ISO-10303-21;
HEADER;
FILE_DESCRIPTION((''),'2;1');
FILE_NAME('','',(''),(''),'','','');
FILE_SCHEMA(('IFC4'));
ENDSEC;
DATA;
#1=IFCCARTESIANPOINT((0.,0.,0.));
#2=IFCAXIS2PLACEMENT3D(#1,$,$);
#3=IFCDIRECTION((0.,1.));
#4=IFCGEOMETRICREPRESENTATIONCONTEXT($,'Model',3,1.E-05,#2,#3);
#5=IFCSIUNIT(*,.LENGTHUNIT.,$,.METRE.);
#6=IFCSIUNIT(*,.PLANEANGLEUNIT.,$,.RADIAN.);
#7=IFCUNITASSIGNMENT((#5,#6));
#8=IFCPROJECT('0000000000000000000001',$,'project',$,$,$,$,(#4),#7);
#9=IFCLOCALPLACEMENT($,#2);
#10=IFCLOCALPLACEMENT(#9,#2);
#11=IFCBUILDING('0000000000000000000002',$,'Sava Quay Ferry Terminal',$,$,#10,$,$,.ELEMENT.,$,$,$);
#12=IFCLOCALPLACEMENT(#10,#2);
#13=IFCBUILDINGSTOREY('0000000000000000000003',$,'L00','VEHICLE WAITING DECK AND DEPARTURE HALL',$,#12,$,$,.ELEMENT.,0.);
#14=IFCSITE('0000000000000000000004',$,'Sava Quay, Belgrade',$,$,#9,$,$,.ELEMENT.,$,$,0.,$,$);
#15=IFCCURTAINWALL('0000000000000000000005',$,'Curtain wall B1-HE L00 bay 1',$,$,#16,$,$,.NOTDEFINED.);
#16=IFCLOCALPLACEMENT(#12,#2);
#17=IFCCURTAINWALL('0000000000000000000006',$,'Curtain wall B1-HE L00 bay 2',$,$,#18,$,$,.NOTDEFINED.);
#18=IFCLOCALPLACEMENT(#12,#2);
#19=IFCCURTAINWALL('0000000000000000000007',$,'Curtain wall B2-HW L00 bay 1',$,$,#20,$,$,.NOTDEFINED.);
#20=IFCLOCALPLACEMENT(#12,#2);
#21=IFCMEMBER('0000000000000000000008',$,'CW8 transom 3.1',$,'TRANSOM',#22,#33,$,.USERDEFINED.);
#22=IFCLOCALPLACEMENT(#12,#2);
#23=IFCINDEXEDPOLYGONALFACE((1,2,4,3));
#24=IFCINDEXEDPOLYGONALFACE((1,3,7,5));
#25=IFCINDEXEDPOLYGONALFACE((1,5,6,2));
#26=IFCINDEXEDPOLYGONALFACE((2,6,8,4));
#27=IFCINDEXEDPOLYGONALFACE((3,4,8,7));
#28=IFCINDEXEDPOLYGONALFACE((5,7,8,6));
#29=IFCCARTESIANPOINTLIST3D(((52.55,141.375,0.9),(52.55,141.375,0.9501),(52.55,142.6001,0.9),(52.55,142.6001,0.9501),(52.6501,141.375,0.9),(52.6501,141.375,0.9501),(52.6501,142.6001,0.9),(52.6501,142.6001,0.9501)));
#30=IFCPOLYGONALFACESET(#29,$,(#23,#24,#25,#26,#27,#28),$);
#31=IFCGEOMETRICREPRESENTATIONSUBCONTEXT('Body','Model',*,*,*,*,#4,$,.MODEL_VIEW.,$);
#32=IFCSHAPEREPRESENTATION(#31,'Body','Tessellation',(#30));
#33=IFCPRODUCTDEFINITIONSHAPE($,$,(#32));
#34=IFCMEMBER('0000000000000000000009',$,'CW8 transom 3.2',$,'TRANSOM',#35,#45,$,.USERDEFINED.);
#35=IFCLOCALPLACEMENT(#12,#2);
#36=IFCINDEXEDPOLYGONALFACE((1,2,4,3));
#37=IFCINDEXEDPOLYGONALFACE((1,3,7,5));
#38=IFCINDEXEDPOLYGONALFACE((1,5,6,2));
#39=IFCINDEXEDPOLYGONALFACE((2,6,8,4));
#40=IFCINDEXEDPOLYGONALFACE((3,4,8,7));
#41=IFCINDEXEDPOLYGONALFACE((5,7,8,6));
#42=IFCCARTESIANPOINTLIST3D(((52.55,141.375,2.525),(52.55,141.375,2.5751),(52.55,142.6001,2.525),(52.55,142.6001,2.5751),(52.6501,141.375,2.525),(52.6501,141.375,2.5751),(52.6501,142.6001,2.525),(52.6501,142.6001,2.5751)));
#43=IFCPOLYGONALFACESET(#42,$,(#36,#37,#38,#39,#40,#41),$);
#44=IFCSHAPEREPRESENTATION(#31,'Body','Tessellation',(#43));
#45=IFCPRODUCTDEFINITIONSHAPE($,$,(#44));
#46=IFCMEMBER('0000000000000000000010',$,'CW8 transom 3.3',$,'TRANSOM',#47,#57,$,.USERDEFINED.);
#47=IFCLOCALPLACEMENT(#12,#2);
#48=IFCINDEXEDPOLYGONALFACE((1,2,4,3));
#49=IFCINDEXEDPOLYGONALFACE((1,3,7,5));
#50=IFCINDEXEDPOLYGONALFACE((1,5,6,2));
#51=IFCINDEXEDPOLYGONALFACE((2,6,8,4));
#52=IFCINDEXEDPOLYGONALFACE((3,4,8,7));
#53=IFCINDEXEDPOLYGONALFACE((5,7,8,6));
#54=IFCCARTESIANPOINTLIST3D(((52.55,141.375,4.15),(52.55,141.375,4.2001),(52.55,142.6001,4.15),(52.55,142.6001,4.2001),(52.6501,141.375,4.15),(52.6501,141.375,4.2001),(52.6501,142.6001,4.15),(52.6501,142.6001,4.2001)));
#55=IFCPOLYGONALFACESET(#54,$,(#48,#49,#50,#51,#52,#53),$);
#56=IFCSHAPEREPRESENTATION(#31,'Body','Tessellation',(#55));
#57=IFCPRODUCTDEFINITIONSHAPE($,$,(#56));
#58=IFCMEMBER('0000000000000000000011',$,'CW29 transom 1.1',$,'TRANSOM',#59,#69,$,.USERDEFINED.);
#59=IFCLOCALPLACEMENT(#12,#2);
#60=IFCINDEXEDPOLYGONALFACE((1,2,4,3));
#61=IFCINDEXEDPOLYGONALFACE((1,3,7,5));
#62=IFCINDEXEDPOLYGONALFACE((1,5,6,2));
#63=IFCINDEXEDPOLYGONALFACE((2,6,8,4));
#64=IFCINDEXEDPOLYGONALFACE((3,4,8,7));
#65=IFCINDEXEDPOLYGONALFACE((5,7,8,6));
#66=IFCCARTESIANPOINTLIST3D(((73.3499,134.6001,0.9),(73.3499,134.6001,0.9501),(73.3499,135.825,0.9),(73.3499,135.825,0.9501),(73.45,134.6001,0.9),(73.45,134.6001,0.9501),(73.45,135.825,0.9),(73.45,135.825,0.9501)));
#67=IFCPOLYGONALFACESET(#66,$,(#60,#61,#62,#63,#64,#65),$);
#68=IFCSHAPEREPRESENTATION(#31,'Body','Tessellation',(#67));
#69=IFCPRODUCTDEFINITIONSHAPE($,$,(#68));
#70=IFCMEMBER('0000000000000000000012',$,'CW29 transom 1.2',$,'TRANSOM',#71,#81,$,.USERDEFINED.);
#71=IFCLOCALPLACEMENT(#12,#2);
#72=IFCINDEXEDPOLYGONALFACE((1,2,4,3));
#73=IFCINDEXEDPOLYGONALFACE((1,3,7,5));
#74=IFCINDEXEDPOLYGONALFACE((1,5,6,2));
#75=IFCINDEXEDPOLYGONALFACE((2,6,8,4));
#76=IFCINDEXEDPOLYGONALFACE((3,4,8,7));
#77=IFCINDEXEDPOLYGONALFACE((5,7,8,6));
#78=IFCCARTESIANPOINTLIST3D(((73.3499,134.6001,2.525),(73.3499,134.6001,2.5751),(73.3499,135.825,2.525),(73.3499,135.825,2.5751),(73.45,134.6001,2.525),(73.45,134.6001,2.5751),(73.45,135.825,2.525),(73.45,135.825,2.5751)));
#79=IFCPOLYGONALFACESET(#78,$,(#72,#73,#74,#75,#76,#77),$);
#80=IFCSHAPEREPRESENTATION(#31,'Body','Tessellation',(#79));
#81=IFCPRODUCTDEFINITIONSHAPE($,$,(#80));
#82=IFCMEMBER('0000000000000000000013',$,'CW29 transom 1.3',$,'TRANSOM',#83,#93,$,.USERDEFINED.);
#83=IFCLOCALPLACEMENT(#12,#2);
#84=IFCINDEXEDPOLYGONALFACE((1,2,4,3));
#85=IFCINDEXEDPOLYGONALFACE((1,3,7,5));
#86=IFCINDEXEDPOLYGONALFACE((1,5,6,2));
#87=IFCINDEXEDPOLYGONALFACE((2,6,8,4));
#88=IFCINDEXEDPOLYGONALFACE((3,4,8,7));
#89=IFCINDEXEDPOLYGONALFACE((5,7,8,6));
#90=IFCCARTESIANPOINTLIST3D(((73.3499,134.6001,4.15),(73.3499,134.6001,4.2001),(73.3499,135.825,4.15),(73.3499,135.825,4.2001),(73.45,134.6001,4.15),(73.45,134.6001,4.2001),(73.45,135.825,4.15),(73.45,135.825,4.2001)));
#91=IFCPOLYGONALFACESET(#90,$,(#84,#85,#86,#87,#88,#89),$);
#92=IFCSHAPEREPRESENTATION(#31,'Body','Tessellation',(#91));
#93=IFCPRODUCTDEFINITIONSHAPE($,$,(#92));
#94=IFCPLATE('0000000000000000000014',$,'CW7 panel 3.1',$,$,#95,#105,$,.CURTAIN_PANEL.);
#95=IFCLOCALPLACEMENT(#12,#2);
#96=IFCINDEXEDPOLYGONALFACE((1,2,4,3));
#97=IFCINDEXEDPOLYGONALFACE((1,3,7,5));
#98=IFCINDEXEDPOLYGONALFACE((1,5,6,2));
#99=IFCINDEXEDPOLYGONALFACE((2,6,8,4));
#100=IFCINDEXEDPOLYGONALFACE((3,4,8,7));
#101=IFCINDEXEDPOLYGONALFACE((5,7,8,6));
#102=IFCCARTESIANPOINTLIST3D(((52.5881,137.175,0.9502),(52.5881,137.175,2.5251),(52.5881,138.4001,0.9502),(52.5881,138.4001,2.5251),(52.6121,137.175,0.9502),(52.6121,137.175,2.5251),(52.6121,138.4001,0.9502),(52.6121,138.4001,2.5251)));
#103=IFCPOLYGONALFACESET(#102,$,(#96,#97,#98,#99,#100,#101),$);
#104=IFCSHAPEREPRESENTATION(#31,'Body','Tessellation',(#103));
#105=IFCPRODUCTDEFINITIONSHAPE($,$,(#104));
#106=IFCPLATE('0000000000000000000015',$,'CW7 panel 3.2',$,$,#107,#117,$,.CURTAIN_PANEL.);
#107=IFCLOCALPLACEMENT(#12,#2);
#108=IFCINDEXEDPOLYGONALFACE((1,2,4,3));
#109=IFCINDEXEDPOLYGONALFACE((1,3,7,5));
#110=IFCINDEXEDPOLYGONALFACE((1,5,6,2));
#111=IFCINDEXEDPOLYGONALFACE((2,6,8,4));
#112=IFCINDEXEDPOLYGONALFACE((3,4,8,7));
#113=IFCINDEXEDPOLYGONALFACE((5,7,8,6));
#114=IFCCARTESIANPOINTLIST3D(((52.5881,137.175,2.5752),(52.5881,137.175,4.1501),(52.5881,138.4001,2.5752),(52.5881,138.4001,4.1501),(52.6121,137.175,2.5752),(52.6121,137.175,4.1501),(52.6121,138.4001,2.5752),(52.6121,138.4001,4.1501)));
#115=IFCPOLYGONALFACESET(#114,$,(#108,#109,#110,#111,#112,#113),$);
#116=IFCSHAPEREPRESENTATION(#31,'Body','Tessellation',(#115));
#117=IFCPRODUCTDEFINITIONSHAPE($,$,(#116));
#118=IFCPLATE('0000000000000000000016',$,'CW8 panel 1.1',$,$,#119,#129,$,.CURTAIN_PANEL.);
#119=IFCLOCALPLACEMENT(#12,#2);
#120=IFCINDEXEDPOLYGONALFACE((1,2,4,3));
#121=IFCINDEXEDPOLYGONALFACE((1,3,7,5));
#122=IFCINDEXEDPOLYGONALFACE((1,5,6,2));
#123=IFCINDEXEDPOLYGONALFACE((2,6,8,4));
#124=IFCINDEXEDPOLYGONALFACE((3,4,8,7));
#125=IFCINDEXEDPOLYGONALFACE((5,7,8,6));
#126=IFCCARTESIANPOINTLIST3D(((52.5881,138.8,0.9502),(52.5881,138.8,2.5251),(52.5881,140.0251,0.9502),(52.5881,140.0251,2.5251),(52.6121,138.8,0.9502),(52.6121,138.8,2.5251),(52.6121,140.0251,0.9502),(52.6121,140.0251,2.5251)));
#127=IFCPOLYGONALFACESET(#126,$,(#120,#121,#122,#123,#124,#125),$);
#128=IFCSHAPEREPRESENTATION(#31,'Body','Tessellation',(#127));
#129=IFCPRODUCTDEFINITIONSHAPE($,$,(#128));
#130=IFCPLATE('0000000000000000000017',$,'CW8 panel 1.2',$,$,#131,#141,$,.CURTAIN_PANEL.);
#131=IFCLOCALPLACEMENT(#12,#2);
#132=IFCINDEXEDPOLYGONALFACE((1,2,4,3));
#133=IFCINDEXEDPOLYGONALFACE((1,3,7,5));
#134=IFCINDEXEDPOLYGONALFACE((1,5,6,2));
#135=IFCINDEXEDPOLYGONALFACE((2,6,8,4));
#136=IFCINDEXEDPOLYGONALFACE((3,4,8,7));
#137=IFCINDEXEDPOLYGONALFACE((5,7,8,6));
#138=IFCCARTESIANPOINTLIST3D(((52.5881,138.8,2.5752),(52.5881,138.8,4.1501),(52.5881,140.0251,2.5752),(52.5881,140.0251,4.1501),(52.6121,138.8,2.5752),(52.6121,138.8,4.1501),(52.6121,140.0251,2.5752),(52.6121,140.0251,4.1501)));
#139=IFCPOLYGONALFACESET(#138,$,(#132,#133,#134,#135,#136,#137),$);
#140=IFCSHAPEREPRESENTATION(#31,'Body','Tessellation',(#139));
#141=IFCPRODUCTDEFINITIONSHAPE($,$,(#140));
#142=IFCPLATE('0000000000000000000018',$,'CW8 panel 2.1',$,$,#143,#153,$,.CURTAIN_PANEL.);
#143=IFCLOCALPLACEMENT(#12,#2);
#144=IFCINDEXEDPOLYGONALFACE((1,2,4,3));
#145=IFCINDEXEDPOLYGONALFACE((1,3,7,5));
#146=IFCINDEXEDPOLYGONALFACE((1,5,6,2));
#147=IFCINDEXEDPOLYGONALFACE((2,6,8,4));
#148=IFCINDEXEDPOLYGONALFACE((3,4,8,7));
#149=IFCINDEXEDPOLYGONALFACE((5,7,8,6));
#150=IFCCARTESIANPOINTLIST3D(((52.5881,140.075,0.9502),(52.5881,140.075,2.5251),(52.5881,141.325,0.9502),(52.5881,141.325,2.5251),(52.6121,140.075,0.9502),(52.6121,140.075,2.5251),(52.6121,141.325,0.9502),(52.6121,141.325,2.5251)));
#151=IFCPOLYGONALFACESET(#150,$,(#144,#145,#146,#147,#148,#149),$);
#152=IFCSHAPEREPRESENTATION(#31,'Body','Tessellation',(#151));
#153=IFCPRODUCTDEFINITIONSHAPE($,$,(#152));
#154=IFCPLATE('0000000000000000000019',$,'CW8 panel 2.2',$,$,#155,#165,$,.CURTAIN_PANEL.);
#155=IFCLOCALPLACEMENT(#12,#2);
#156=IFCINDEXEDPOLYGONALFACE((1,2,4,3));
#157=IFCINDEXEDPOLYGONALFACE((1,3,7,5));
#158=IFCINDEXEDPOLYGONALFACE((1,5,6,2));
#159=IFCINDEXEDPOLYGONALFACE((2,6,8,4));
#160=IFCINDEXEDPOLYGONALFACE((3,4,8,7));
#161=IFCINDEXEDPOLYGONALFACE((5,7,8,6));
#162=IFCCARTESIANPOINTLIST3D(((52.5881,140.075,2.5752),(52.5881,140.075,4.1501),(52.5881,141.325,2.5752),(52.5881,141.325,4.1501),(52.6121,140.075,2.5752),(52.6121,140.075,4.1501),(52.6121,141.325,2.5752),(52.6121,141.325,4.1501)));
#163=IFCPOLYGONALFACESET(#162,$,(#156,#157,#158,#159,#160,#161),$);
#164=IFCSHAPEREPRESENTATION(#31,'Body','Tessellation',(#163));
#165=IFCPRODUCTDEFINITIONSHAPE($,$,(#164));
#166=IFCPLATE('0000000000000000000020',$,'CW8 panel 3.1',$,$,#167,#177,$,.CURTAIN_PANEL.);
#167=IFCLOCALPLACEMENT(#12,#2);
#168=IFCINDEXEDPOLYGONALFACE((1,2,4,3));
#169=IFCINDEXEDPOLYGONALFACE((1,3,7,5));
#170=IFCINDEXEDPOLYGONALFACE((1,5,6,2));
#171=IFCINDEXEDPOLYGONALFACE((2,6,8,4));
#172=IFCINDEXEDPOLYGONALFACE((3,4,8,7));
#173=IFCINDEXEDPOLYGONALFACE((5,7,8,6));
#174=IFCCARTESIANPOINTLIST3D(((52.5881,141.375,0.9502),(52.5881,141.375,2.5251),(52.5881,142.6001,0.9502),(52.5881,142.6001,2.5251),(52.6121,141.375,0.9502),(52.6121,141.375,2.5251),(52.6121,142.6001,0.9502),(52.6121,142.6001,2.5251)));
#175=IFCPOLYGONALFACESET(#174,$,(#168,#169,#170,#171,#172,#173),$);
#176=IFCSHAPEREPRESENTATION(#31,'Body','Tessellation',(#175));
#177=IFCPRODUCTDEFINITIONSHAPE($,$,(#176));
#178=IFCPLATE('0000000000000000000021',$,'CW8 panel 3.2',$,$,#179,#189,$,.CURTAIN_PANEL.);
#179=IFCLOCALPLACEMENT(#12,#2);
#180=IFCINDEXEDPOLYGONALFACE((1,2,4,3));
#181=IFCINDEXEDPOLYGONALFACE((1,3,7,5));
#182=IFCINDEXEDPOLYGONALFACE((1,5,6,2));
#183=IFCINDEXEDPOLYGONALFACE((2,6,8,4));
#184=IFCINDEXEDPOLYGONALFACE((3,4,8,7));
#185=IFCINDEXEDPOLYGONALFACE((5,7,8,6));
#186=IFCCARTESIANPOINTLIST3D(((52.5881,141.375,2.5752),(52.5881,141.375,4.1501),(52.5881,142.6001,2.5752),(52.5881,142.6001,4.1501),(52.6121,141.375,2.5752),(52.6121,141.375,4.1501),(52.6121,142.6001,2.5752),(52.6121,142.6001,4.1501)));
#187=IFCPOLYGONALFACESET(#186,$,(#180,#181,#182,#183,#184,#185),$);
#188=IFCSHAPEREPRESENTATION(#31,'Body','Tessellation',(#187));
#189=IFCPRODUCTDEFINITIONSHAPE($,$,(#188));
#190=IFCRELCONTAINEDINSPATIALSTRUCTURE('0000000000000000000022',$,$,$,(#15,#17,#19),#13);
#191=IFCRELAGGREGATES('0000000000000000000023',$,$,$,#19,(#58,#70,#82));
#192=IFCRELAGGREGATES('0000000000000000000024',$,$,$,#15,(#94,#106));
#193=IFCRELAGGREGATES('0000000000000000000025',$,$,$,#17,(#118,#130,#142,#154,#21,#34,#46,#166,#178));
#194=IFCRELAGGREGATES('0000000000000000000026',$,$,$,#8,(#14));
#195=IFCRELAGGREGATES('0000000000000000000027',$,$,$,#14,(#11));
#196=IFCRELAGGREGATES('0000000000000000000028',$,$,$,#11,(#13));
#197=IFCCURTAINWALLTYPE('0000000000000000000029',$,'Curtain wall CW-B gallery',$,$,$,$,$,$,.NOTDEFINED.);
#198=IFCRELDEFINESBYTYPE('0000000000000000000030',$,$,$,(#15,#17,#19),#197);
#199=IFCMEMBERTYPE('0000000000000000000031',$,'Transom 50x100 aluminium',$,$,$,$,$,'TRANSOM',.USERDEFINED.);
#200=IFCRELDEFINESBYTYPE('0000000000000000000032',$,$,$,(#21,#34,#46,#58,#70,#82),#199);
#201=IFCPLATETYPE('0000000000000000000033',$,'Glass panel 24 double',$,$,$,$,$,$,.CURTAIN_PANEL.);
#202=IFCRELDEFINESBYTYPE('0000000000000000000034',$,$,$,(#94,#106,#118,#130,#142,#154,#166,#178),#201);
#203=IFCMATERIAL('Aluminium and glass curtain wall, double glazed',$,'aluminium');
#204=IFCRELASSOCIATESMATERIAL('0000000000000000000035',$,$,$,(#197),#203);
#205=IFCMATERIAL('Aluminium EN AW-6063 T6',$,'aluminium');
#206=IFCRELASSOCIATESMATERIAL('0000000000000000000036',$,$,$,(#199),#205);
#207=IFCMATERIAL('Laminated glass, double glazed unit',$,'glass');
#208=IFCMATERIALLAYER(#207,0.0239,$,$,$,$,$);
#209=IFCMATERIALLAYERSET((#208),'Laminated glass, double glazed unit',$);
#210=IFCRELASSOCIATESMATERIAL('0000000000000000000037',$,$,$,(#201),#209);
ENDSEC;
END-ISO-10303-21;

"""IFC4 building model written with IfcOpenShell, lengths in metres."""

from ifc_helpers import new_model, si_unit, direction, frame, origin, origin_2d, place, context, subcontext, project, spatial, rectangle, extrude, material, layer, layer_set, material_profile, profile_set, type_object, element, aggregate, save


model = new_model("IFC4")

# Units and contexts
model_context = context("Model", 3, precision=1e-05, world=origin(), true_north=direction((0.0, 1.0)))
body_context = subcontext(model_context, "Body", "Model", "MODEL_VIEW")
ifc_project = project(units=[si_unit("LENGTHUNIT", "METRE"), si_unit("PLANEANGLEUNIT", "RADIAN")], contexts=[model_context])

# Site, building, storey
site_placement = place(None, origin())
site = spatial("IfcSite", under=ifc_project, at=site_placement, Name="Sava Quay, Belgrade", CompositionType="ELEMENT", RefElevation=0.0)
building_placement = place(site_placement, origin())
building = spatial("IfcBuilding", under=site, at=building_placement, Name="Sava Quay Ferry Terminal", CompositionType="ELEMENT")
storey_placement = place(building_placement, origin())
storey = spatial("IfcBuildingStorey", under=building, at=storey_placement, Name="L00", Description="VEHICLE WAITING DECK AND DEPARTURE HALL", CompositionType="ELEMENT", Elevation=0.0)

# Curtain wall
ifc_material_1 = material(Name="Aluminium and glass curtain wall, double glazed", Category="aluminium")
curtain_wall_type = type_object("IfcCurtainWallType", Name="Curtain wall CW-B gallery", PredefinedType="NOTDEFINED", material=ifc_material_1)
curtain_wall_1_placement = place(storey_placement, origin())
curtain_wall_1 = element("IfcCurtainWall", 1, at=curtain_wall_1_placement, inside=storey, type_object=curtain_wall_type, Name="Curtain wall B1-HE L00 bay 1", PredefinedType="NOTDEFINED")

# Curtain wall
curtain_wall_2_placement = place(storey_placement, origin())
curtain_wall_2 = element("IfcCurtainWall", 2, at=curtain_wall_2_placement, inside=storey, type_object=curtain_wall_type, Name="Curtain wall B1-HE L00 bay 2", PredefinedType="NOTDEFINED")

# Curtain wall
curtain_wall_3_placement = place(storey_placement, origin())
curtain_wall_3 = element("IfcCurtainWall", 3, at=curtain_wall_3_placement, inside=storey, type_object=curtain_wall_type, Name="Curtain wall B2-HW L00 bay 1", PredefinedType="NOTDEFINED")

# Members
ifc_material_2 = material(Name="Aluminium EN AW-6063 T6", Category="aluminium")
ifc_material_profile_1 = material_profile(ifc_material_2, rectangle(XDim=0.1001, YDim=0.05, at=origin_2d()), Name="Transom 50x100 aluminium")
ifc_profile_set_1 = profile_set([ifc_material_profile_1], Name="Aluminium EN AW-6063 T6")
member_type_1 = type_object("IfcMemberType", Name="Transom 50x100 aluminium", ElementType="TRANSOM", PredefinedType="USERDEFINED", material=ifc_profile_set_1)
member_1_placement = place(storey_placement, frame((52.6001, 141.375, 0.925), z_axis=(0.0, 1.0, 0.0), x_axis=(-1.0, 0.0, 0.0)))
member_1 = element("IfcMember", 4, at=member_1_placement, type_object=member_type_1, Name="CW8 transom 3.1", ObjectType="TRANSOM", PredefinedType="USERDEFINED", context=body_context, shape_type="SweptSolid", body=[
    extrude(rectangle(XDim=0.1001, YDim=0.05, at=origin_2d()), origin(), (0.0, 0.0, 1.0), 1.2251),
])
member_2_placement = place(storey_placement, frame((52.6001, 141.375, 2.55), z_axis=(0.0, 1.0, 0.0), x_axis=(-1.0, 0.0, 0.0)))
member_2 = element("IfcMember", 5, at=member_2_placement, type_object=member_type_1, Name="CW8 transom 3.2", ObjectType="TRANSOM", PredefinedType="USERDEFINED", context=body_context, shape_type="SweptSolid", body=[
    extrude(rectangle(XDim=0.1001, YDim=0.05, at=origin_2d()), origin(), (0.0, 0.0, 1.0), 1.2251),
])
member_3_placement = place(storey_placement, frame((52.6001, 141.375, 4.175), z_axis=(0.0, 1.0, 0.0), x_axis=(-1.0, 0.0, 0.0)))
member_3 = element("IfcMember", 6, at=member_3_placement, type_object=member_type_1, Name="CW8 transom 3.3", ObjectType="TRANSOM", PredefinedType="USERDEFINED", context=body_context, shape_type="SweptSolid", body=[
    extrude(rectangle(XDim=0.1001, YDim=0.05, at=origin_2d()), origin(), (0.0, 0.0, 1.0), 1.2251),
])
member_4_placement = place(storey_placement, frame((73.3999, 134.6001, 0.925), z_axis=(0.0, 1.0, 0.0), x_axis=(-1.0, 0.0, 0.0)))
member_4 = element("IfcMember", 7, at=member_4_placement, type_object=member_type_1, Name="CW29 transom 1.1", ObjectType="TRANSOM", PredefinedType="USERDEFINED", context=body_context, shape_type="SweptSolid", body=[
    extrude(rectangle(XDim=0.1001, YDim=0.05, at=origin_2d()), origin(), (0.0, 0.0, 1.0), 1.2249),
])
member_5_placement = place(storey_placement, frame((73.3999, 134.6001, 2.55), z_axis=(0.0, 1.0, 0.0), x_axis=(-1.0, 0.0, 0.0)))
member_5 = element("IfcMember", 8, at=member_5_placement, type_object=member_type_1, Name="CW29 transom 1.2", ObjectType="TRANSOM", PredefinedType="USERDEFINED", context=body_context, shape_type="SweptSolid", body=[
    extrude(rectangle(XDim=0.1001, YDim=0.05, at=origin_2d()), origin(), (0.0, 0.0, 1.0), 1.2249),
])
member_6_placement = place(storey_placement, frame((73.3999, 134.6001, 4.175), z_axis=(0.0, 1.0, 0.0), x_axis=(-1.0, 0.0, 0.0)))
member_6 = element("IfcMember", 9, at=member_6_placement, type_object=member_type_1, Name="CW29 transom 1.3", ObjectType="TRANSOM", PredefinedType="USERDEFINED", context=body_context, shape_type="SweptSolid", body=[
    extrude(rectangle(XDim=0.1001, YDim=0.05, at=origin_2d()), origin(), (0.0, 0.0, 1.0), 1.2249),
])
aggregate(curtain_wall_3, [member_4, member_5, member_6])

# Plates
ifc_material_3 = material(Name="Laminated glass, double glazed unit", Category="glass")
ifc_layer_1 = layer(ifc_material_3, 0.0239)
ifc_layer_set_1 = layer_set([ifc_layer_1], Name="Laminated glass, double glazed unit")
plate_type = type_object("IfcPlateType", Name="Glass panel 24 double", PredefinedType="CURTAIN_PANEL", material=ifc_layer_set_1)
plate_1_placement = place(storey_placement, frame((52.6001, 137.7876, 0.9502), z_axis=(0.0, 0.0, 1.0), x_axis=(0.0, 1.0, 0.0)))
plate_1 = element("IfcPlate", 10, at=plate_1_placement, type_object=plate_type, Name="CW7 panel 3.1", PredefinedType="CURTAIN_PANEL", context=body_context, shape_type="SweptSolid", body=[
    extrude(rectangle(XDim=1.2251, YDim=0.0239, at=origin_2d()), origin(), (0.0, 0.0, 1.0), 1.575),
])
plate_2_placement = place(storey_placement, frame((52.6001, 137.7876, 2.5752), z_axis=(0.0, 0.0, 1.0), x_axis=(0.0, 1.0, 0.0)))
plate_2 = element("IfcPlate", 11, at=plate_2_placement, type_object=plate_type, Name="CW7 panel 3.2", PredefinedType="CURTAIN_PANEL", context=body_context, shape_type="SweptSolid", body=[
    extrude(rectangle(XDim=1.2251, YDim=0.0239, at=origin_2d()), origin(), (0.0, 0.0, 1.0), 1.575),
])
aggregate(curtain_wall_1, [plate_1, plate_2])
plate_3_placement = place(storey_placement, frame((52.6001, 139.4126, 0.9502), z_axis=(0.0, 0.0, 1.0), x_axis=(0.0, 1.0, 0.0)))
plate_3 = element("IfcPlate", 12, at=plate_3_placement, type_object=plate_type, Name="CW8 panel 1.1", PredefinedType="CURTAIN_PANEL", context=body_context, shape_type="SweptSolid", body=[
    extrude(rectangle(XDim=1.2251, YDim=0.0239, at=origin_2d()), origin(), (0.0, 0.0, 1.0), 1.575),
])
plate_4_placement = place(storey_placement, frame((52.6001, 139.4126, 2.5752), z_axis=(0.0, 0.0, 1.0), x_axis=(0.0, 1.0, 0.0)))
plate_4 = element("IfcPlate", 13, at=plate_4_placement, type_object=plate_type, Name="CW8 panel 1.2", PredefinedType="CURTAIN_PANEL", context=body_context, shape_type="SweptSolid", body=[
    extrude(rectangle(XDim=1.2251, YDim=0.0239, at=origin_2d()), origin(), (0.0, 0.0, 1.0), 1.575),
])
plate_5_placement = place(storey_placement, frame((52.6001, 140.7, 0.9502), z_axis=(0.0, 0.0, 1.0), x_axis=(0.0, 1.0, 0.0)))
plate_5 = element("IfcPlate", 14, at=plate_5_placement, type_object=plate_type, Name="CW8 panel 2.1", PredefinedType="CURTAIN_PANEL", context=body_context, shape_type="SweptSolid", body=[
    extrude(rectangle(XDim=1.25, YDim=0.0239, at=origin_2d()), origin(), (0.0, 0.0, 1.0), 1.575),
])
plate_6_placement = place(storey_placement, frame((52.6001, 140.7, 2.5752), z_axis=(0.0, 0.0, 1.0), x_axis=(0.0, 1.0, 0.0)))
plate_6 = element("IfcPlate", 15, at=plate_6_placement, type_object=plate_type, Name="CW8 panel 2.2", PredefinedType="CURTAIN_PANEL", context=body_context, shape_type="SweptSolid", body=[
    extrude(rectangle(XDim=1.25, YDim=0.0239, at=origin_2d()), origin(), (0.0, 0.0, 1.0), 1.575),
])
plate_7_placement = place(storey_placement, frame((52.6001, 141.9875, 0.9502), z_axis=(0.0, 0.0, 1.0), x_axis=(0.0, 1.0, 0.0)))
plate_7 = element("IfcPlate", 16, at=plate_7_placement, type_object=plate_type, Name="CW8 panel 3.1", PredefinedType="CURTAIN_PANEL", context=body_context, shape_type="SweptSolid", body=[
    extrude(rectangle(XDim=1.2251, YDim=0.0239, at=origin_2d()), origin(), (0.0, 0.0, 1.0), 1.575),
])
plate_8_placement = place(storey_placement, frame((52.6001, 141.9875, 2.5752), z_axis=(0.0, 0.0, 1.0), x_axis=(0.0, 1.0, 0.0)))
plate_8 = element("IfcPlate", 17, at=plate_8_placement, type_object=plate_type, Name="CW8 panel 3.2", PredefinedType="CURTAIN_PANEL", context=body_context, shape_type="SweptSolid", body=[
    extrude(rectangle(XDim=1.2251, YDim=0.0239, at=origin_2d()), origin(), (0.0, 0.0, 1.0), 1.575),
])
aggregate(curtain_wall_2, [plate_3, plate_4, plate_5, plate_6, member_1, member_2, member_3, plate_7, plate_8])

save(model, "model.ifc")
